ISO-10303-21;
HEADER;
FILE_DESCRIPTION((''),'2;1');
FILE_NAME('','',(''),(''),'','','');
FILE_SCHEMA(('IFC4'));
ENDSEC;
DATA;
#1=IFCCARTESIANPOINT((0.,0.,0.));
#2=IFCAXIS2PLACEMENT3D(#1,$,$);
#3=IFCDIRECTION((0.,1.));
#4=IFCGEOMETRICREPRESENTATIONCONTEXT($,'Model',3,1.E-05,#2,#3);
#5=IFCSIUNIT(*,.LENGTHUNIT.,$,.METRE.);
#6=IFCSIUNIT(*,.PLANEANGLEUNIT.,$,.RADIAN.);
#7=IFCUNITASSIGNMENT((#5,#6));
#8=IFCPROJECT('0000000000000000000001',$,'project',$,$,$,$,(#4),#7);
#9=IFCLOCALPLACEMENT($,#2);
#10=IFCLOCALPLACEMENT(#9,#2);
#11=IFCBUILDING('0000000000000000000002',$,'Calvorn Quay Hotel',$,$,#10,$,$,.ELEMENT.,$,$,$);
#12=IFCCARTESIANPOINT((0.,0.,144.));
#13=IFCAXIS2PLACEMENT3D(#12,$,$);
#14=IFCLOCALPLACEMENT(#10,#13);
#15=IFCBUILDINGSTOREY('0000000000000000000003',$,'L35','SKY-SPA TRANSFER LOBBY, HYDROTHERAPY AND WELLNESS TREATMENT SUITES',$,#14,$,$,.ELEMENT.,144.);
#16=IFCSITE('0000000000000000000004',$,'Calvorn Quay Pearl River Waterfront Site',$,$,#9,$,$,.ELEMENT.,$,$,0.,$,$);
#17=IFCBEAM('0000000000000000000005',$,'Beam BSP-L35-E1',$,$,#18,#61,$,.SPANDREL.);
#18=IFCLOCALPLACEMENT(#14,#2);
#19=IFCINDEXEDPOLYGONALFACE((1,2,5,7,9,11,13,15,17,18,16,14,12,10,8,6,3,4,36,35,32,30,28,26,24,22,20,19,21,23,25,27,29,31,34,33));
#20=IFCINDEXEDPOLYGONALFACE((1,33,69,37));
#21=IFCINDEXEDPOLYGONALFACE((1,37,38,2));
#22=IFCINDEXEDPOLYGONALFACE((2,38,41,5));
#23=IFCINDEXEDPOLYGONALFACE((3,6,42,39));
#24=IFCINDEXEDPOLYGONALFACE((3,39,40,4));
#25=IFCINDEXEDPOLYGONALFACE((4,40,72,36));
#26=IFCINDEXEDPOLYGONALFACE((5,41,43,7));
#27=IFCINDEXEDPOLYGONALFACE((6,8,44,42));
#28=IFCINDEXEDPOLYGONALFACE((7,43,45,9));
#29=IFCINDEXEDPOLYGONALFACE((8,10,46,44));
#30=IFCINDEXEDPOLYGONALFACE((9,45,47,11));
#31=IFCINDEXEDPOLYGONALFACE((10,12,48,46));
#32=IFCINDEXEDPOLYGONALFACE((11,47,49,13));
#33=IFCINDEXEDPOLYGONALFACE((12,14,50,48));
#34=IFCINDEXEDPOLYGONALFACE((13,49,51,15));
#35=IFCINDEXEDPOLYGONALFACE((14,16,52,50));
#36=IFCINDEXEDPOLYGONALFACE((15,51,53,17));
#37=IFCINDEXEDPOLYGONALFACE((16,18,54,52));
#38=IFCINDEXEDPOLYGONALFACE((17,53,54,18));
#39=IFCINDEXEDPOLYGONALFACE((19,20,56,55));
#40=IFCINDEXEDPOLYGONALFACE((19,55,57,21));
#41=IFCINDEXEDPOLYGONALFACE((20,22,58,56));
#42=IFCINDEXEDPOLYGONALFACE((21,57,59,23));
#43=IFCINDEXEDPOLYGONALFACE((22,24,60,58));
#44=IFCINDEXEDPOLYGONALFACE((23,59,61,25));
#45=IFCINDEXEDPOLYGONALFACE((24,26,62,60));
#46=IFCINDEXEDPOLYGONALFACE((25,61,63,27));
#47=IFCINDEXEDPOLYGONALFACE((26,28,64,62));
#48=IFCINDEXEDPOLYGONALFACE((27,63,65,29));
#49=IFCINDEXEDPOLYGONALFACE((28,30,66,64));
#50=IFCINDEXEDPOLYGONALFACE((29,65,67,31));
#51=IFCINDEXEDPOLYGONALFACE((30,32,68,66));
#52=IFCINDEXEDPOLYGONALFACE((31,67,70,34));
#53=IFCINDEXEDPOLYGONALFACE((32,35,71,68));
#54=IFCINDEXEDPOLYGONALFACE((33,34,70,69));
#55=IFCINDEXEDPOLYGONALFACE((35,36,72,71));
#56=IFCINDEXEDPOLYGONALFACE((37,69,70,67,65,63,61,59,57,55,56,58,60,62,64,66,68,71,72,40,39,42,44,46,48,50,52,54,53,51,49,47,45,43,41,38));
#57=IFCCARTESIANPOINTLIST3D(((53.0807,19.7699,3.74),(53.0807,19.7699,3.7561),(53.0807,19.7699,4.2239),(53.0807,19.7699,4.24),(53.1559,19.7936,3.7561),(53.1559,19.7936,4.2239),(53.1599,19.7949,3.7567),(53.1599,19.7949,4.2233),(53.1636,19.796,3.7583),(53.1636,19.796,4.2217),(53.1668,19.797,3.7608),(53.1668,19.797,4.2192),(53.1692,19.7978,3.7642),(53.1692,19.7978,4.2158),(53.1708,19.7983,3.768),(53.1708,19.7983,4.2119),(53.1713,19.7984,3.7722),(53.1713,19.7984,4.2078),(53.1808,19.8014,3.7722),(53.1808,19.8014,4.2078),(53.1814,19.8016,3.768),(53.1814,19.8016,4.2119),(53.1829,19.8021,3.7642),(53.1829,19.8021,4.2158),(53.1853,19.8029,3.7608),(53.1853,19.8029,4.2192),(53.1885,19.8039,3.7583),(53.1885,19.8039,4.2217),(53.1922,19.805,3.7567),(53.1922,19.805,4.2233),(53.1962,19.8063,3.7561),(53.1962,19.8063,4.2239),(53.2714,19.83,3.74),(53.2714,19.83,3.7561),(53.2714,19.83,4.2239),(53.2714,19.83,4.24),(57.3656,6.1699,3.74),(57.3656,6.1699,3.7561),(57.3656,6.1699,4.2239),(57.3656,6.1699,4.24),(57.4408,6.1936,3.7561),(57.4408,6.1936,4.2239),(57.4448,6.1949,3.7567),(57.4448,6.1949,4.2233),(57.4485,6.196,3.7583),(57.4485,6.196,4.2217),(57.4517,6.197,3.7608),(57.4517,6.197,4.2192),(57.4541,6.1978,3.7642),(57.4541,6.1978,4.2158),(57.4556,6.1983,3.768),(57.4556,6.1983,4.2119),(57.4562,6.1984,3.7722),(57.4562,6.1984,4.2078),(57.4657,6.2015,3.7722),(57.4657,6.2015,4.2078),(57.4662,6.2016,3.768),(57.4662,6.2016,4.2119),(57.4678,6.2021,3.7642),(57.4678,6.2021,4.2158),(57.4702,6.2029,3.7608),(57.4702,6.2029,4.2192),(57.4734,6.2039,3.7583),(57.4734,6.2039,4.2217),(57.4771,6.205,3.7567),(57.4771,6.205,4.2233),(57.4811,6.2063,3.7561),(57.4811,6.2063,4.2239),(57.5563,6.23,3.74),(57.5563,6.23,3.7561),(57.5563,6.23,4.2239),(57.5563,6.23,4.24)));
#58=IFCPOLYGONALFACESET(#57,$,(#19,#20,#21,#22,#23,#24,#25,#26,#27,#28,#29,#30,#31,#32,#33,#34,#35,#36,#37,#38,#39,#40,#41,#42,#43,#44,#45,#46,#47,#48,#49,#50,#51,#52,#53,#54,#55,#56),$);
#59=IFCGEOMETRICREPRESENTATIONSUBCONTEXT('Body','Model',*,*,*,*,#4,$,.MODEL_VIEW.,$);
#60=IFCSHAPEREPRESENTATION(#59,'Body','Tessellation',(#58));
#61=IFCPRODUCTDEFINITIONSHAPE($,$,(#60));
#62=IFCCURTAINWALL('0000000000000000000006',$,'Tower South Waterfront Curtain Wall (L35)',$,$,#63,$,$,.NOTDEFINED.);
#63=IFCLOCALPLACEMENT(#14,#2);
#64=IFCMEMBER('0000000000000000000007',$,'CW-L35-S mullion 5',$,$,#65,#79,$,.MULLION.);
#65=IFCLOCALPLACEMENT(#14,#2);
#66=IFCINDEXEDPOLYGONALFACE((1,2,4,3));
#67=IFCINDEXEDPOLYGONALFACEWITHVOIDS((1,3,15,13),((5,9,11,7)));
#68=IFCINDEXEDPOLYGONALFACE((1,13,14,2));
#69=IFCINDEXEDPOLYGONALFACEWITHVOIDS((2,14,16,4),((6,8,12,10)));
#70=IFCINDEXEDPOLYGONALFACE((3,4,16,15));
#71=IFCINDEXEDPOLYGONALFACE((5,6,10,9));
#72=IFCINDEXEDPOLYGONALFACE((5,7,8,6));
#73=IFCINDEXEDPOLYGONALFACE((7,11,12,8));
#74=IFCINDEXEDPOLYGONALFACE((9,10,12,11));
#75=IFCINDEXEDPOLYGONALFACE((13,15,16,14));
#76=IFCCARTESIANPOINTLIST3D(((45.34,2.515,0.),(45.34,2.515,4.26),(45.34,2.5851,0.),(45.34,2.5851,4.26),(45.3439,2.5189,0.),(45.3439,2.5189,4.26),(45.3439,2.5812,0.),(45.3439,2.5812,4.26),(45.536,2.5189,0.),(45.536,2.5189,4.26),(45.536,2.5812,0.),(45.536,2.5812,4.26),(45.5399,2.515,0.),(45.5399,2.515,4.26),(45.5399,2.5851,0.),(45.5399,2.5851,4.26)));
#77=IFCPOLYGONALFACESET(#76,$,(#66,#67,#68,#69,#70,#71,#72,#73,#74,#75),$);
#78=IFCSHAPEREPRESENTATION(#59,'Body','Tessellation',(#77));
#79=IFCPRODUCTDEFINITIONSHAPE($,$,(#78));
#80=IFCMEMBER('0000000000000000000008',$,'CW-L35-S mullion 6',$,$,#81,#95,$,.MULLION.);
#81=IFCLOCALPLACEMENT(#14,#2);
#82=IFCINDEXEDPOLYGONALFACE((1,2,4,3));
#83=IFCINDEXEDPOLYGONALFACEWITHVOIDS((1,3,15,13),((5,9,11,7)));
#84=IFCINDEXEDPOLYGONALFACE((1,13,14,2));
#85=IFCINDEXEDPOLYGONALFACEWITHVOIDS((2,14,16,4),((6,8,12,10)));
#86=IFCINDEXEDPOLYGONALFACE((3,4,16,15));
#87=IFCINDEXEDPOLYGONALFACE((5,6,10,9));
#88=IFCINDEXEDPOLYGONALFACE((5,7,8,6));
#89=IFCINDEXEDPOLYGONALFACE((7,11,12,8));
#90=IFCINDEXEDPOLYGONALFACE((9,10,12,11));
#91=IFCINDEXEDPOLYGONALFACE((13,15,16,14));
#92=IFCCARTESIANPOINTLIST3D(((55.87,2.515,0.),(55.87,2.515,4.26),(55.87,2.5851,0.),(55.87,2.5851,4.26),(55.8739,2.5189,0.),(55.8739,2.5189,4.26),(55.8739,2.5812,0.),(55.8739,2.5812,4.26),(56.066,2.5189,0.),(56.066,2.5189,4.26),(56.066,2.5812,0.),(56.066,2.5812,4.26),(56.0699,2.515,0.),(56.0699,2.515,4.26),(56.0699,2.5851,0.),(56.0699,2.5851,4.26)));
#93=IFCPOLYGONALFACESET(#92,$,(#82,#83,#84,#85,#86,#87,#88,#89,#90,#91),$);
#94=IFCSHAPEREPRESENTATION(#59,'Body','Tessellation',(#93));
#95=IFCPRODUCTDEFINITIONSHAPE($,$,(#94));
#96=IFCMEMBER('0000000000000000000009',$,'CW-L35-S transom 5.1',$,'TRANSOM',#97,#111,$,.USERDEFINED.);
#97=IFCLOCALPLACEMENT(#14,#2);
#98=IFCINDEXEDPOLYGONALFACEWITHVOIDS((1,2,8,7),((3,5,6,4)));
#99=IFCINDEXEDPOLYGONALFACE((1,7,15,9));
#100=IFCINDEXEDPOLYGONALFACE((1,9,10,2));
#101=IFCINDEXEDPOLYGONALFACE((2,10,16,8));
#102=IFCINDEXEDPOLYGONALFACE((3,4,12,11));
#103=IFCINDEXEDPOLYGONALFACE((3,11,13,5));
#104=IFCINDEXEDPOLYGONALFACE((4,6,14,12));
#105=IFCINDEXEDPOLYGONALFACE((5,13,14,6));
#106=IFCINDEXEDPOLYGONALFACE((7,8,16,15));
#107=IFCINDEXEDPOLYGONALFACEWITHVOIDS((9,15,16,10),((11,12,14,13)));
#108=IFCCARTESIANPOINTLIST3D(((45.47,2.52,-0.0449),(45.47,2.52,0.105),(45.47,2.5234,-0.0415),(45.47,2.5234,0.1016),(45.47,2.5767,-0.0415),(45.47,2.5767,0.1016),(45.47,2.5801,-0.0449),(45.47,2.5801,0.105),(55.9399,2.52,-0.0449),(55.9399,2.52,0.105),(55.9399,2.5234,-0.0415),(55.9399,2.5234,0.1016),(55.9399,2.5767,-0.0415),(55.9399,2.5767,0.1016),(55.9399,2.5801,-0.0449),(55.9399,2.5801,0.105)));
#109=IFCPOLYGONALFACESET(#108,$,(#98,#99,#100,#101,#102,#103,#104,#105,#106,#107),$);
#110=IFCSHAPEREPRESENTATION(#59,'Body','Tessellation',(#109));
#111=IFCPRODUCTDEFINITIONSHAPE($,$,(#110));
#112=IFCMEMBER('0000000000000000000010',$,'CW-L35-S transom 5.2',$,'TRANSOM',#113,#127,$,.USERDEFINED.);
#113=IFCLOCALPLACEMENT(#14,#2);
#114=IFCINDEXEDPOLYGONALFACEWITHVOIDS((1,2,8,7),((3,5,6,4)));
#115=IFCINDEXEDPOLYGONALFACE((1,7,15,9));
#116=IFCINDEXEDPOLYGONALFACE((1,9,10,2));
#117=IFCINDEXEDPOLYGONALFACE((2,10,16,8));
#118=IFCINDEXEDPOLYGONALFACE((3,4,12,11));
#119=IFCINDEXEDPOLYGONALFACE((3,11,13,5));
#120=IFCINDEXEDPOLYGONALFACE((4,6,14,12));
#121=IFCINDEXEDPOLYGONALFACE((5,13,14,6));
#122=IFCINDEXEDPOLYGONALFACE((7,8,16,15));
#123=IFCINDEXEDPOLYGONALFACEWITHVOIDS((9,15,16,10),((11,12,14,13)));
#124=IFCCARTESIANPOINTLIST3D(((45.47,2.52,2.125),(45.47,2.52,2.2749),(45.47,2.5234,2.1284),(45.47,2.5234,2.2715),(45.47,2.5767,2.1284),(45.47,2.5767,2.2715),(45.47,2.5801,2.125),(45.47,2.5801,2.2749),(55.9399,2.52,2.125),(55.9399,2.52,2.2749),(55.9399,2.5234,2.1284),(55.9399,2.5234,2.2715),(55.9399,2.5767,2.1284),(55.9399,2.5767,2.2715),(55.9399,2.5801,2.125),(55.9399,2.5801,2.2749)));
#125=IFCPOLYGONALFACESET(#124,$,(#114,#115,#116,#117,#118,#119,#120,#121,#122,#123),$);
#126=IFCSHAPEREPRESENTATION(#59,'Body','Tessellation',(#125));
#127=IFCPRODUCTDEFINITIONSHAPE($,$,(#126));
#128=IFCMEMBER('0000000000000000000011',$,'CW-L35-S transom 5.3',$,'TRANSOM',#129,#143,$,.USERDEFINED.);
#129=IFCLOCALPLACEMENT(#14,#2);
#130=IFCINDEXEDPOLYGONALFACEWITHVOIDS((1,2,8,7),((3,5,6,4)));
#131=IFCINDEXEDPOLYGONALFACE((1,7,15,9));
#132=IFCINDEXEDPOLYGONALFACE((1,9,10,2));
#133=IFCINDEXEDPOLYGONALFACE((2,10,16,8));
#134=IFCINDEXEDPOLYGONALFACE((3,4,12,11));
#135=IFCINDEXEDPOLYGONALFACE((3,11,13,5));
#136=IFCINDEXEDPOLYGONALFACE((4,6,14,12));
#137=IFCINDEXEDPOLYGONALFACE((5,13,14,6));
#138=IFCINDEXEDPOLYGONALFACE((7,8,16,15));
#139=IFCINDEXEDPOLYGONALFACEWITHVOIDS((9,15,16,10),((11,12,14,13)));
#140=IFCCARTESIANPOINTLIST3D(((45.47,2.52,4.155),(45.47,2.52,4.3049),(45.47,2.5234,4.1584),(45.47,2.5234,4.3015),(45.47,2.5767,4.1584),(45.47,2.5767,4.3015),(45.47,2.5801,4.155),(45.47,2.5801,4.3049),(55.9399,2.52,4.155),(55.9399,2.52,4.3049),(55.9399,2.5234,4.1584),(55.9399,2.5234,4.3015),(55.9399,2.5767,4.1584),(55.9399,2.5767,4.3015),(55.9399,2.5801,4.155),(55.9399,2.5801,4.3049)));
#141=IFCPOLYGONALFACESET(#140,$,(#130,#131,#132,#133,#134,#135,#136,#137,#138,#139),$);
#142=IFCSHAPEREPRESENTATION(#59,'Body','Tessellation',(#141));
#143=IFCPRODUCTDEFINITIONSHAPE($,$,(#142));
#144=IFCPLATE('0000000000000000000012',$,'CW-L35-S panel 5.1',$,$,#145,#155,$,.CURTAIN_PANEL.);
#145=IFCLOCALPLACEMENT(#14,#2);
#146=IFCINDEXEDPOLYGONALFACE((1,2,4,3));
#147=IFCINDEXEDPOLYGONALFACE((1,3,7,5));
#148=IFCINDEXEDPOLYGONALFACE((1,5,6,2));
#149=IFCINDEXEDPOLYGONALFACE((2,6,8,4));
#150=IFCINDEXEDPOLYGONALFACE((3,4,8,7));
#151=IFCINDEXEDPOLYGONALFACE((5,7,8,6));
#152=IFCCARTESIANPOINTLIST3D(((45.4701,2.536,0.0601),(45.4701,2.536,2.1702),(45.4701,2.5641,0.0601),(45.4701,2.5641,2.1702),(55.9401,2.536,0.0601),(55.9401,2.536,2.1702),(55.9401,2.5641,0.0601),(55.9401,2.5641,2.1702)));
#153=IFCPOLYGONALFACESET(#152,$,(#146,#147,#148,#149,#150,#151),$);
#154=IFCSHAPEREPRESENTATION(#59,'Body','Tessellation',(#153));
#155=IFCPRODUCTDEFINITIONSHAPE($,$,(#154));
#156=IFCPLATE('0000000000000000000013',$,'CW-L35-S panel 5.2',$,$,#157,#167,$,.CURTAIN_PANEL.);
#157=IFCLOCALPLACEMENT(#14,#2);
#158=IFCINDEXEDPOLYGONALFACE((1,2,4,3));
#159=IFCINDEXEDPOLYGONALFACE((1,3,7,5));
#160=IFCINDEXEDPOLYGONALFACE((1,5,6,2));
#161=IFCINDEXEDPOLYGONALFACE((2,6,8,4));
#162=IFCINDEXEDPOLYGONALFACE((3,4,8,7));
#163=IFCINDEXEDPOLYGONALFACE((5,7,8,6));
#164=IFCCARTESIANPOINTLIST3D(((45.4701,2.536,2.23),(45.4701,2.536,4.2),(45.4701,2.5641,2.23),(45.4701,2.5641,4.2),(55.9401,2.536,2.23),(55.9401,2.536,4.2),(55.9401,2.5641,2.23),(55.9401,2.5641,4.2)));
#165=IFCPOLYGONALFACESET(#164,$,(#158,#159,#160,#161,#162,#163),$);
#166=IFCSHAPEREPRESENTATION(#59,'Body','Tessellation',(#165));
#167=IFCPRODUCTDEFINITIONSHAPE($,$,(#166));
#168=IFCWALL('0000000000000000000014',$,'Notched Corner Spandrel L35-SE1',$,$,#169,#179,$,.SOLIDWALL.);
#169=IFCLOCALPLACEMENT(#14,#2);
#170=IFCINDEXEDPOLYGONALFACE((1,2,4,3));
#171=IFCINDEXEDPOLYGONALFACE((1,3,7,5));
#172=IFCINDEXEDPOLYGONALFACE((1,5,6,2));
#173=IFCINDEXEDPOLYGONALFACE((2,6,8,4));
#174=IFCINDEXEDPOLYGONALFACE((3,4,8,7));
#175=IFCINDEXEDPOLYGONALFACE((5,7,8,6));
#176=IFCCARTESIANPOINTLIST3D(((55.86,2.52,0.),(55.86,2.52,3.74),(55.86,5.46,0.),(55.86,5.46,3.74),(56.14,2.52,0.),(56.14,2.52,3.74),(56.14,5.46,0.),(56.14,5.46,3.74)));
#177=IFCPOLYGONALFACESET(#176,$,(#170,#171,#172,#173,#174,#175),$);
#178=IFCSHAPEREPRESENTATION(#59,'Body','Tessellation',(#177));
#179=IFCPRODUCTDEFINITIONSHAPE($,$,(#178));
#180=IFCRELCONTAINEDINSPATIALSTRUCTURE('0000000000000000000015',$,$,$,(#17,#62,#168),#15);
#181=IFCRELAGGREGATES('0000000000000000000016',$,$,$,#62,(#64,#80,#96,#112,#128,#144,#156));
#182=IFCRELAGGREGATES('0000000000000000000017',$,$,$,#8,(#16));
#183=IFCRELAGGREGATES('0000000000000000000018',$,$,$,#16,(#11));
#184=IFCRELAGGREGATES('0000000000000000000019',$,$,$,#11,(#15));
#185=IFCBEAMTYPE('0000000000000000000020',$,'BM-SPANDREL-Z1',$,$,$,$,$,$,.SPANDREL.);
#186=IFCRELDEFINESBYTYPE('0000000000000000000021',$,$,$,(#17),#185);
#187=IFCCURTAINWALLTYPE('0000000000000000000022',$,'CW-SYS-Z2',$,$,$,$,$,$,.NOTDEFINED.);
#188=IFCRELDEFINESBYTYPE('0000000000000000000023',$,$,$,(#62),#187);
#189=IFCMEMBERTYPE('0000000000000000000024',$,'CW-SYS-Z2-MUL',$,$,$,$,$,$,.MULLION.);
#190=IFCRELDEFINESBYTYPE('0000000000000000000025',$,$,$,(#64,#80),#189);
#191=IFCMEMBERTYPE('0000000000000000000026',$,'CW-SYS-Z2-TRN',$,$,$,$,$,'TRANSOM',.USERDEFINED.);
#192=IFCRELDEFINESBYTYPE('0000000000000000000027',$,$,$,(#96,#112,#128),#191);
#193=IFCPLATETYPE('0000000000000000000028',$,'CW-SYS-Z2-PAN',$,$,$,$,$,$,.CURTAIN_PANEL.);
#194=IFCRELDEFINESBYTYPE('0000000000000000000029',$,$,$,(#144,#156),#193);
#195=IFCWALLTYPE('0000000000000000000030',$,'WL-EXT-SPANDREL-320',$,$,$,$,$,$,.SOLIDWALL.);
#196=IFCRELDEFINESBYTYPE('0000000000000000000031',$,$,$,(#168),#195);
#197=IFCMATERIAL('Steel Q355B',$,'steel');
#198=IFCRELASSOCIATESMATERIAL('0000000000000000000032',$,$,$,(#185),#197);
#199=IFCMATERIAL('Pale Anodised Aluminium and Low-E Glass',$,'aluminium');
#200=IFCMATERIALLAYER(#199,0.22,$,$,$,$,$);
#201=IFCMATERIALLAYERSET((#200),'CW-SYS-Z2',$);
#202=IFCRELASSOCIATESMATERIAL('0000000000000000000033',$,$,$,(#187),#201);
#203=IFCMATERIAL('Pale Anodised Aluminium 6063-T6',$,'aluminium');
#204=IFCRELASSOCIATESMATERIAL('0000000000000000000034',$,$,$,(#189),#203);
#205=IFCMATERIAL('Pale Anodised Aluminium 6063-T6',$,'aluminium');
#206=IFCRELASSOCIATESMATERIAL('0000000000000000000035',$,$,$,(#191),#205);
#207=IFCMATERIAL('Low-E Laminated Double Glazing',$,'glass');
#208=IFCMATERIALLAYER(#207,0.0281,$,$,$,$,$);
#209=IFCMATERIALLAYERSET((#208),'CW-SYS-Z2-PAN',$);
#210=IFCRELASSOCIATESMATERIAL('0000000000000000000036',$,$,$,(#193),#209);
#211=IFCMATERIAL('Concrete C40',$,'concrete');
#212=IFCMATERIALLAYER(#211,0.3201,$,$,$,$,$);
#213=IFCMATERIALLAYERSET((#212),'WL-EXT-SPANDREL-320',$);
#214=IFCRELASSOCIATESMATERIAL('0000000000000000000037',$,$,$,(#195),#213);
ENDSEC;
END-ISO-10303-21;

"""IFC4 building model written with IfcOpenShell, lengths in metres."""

from ifc_helpers import new_model, si_unit, direction, frame, frame_2d, origin, origin_2d, place, context, subcontext, project, spatial, rectangle, hollow_rectangle, i_section, extrude, material, layer, layer_set, material_profile, profile_set, type_object, element, aggregate, save


model = new_model("IFC4")

# Units and contexts
model_context = context("Model", 3, precision=1e-05, world=origin(), true_north=direction((0.0, 1.0)))
body_context = subcontext(model_context, "Body", "Model", "MODEL_VIEW")
ifc_project = project(units=[si_unit("LENGTHUNIT", "METRE"), si_unit("PLANEANGLEUNIT", "RADIAN")], contexts=[model_context])

# Site, building, storey
site_placement = place(None, origin())
site = spatial("IfcSite", under=ifc_project, at=site_placement, Name="Calvorn Quay Pearl River Waterfront Site", CompositionType="ELEMENT", RefElevation=0.0)
building_placement = place(site_placement, origin())
building = spatial("IfcBuilding", under=site, at=building_placement, Name="Calvorn Quay Hotel", CompositionType="ELEMENT")
storey_placement = place(building_placement, frame((0.0, 0.0, 144.0)))
storey = spatial("IfcBuildingStorey", under=building, at=storey_placement, Name="L35", Description="SKY-SPA TRANSFER LOBBY, HYDROTHERAPY AND WELLNESS TREATMENT SUITES", CompositionType="ELEMENT", Elevation=144.0)

# Beam
ifc_material_1 = material(Name="Steel Q355B", Category="steel")
ifc_material_profile_1 = material_profile(ifc_material_1, i_section(OverallWidth=0.2, OverallDepth=0.5, WebThickness=0.01, FlangeThickness=0.0161, FilletRadius=0.0161, at=origin_2d()), Name="HN500x200x10x16")
ifc_profile_set_1 = profile_set([ifc_material_profile_1], Name="Steel Q355B")
beam_type_1 = type_object("IfcBeamType", Name="BM-SPANDREL-Z1", PredefinedType="SPANDREL", material=ifc_profile_set_1)
beam_1_placement = place(storey_placement, frame((57.4609, 6.2, 3.99), z_axis=(-0.300503, 0.953781, 0.0), x_axis=(-0.953781, -0.300503, 0.0)))
element("IfcBeam", 1, at=beam_1_placement, inside=storey, type_object=beam_type_1, Name="Beam BSP-L35-E1", PredefinedType="SPANDREL", context=body_context, shape_type="SweptSolid", body=[
    extrude(i_section(OverallWidth=0.2, OverallDepth=0.5, WebThickness=0.01, FlangeThickness=0.0161, FilletRadius=0.0161, at=origin_2d()), origin(), (0.0, 0.0, 1.0), 14.259),
])

# Curtain wall, members, plates
ifc_material_2 = material(Name="Pale Anodised Aluminium and Low-E Glass", Category="aluminium")
ifc_layer_1 = layer(ifc_material_2, 0.22)
ifc_layer_set_1 = layer_set([ifc_layer_1], Name="CW-SYS-Z2")
curtain_wall_type = type_object("IfcCurtainWallType", Name="CW-SYS-Z2", PredefinedType="NOTDEFINED", material=ifc_layer_set_1)
curtain_wall_placement = place(storey_placement, origin())
curtain_wall = element("IfcCurtainWall", 2, at=curtain_wall_placement, inside=storey, type_object=curtain_wall_type, Name="Tower South Waterfront Curtain Wall (L35)", PredefinedType="NOTDEFINED")
ifc_material_3 = material(Name="Pale Anodised Aluminium 6063-T6", Category="aluminium")
ifc_material_profile_2 = material_profile(ifc_material_3, hollow_rectangle(XDim=0.0701, YDim=0.2, WallThickness=0.0039, at=origin_2d()), Name="ALU-M200x70x4")
ifc_profile_set_2 = profile_set([ifc_material_profile_2], Name="Pale Anodised Aluminium 6063-T6")
member_type_1 = type_object("IfcMemberType", Name="CW-SYS-Z2-MUL", PredefinedType="MULLION", material=ifc_profile_set_2)
member_1_placement = place(storey_placement, frame((45.4399, 2.55, 0.0), z_axis=(0.0, 0.0, 1.0), x_axis=(0.0, 1.0, 0.0)))
member_1 = element("IfcMember", 3, at=member_1_placement, type_object=member_type_1, Name="CW-L35-S mullion 5", PredefinedType="MULLION", context=body_context, shape_type="SweptSolid", body=[
    extrude(hollow_rectangle(XDim=0.0701, YDim=0.2, WallThickness=0.0039, at=origin_2d()), origin(), (0.0, 0.0, 1.0), 4.26),
])
member_2_placement = place(storey_placement, frame((55.97, 2.55, 0.0), z_axis=(0.0, 0.0, 1.0), x_axis=(0.0, 1.0, 0.0)))
member_2 = element("IfcMember", 4, at=member_2_placement, type_object=member_type_1, Name="CW-L35-S mullion 6", PredefinedType="MULLION", context=body_context, shape_type="SweptSolid", body=[
    extrude(hollow_rectangle(XDim=0.0701, YDim=0.2, WallThickness=0.0039, at=origin_2d()), origin(), (0.0, 0.0, 1.0), 4.26),
])
ifc_material_4 = material(Name="Pale Anodised Aluminium 6063-T6", Category="aluminium")
ifc_material_profile_3 = material_profile(ifc_material_4, hollow_rectangle(XDim=0.0601, YDim=0.1499, WallThickness=0.0034, at=origin_2d()), Name="ALU-T150x60x3.5")
ifc_profile_set_3 = profile_set([ifc_material_profile_3], Name="Pale Anodised Aluminium 6063-T6")
member_type_2 = type_object("IfcMemberType", Name="CW-SYS-Z2-TRN", ElementType="TRANSOM", PredefinedType="USERDEFINED", material=ifc_profile_set_3)
member_3_placement = place(storey_placement, frame((45.47, 2.55, 0.03), z_axis=(1.0, 0.0, 0.0), x_axis=(0.0, 1.0, 0.0)))
member_3 = element("IfcMember", 5, at=member_3_placement, type_object=member_type_2, Name="CW-L35-S transom 5.1", ObjectType="TRANSOM", PredefinedType="USERDEFINED", context=body_context, shape_type="SweptSolid", body=[
    extrude(hollow_rectangle(XDim=0.0601, YDim=0.1499, WallThickness=0.0034, at=origin_2d()), origin(), (0.0, 0.0, 1.0), 10.47),
])
member_4_placement = place(storey_placement, frame((45.47, 2.55, 2.2), z_axis=(1.0, 0.0, 0.0), x_axis=(0.0, 1.0, 0.0)))
member_4 = element("IfcMember", 6, at=member_4_placement, type_object=member_type_2, Name="CW-L35-S transom 5.2", ObjectType="TRANSOM", PredefinedType="USERDEFINED", context=body_context, shape_type="SweptSolid", body=[
    extrude(hollow_rectangle(XDim=0.0601, YDim=0.1499, WallThickness=0.0034, at=origin_2d()), origin(), (0.0, 0.0, 1.0), 10.47),
])
member_5_placement = place(storey_placement, frame((45.47, 2.55, 4.23), z_axis=(1.0, 0.0, 0.0), x_axis=(0.0, 1.0, 0.0)))
member_5 = element("IfcMember", 7, at=member_5_placement, type_object=member_type_2, Name="CW-L35-S transom 5.3", ObjectType="TRANSOM", PredefinedType="USERDEFINED", context=body_context, shape_type="SweptSolid", body=[
    extrude(hollow_rectangle(XDim=0.0601, YDim=0.1499, WallThickness=0.0034, at=origin_2d()), origin(), (0.0, 0.0, 1.0), 10.47),
])
ifc_material_5 = material(Name="Low-E Laminated Double Glazing", Category="glass")
ifc_layer_2 = layer(ifc_material_5, 0.0281)
ifc_layer_set_2 = layer_set([ifc_layer_2], Name="CW-SYS-Z2-PAN")
plate_type = type_object("IfcPlateType", Name="CW-SYS-Z2-PAN", PredefinedType="CURTAIN_PANEL", material=ifc_layer_set_2)
plate_1_placement = place(storey_placement, frame((50.7051, 2.55, 0.0601), z_axis=(0.0, 0.0, 1.0), x_axis=(1.0, 0.0, 0.0)))
plate_1 = element("IfcPlate", 8, at=plate_1_placement, type_object=plate_type, Name="CW-L35-S panel 5.1", PredefinedType="CURTAIN_PANEL", context=body_context, shape_type="SweptSolid", body=[
    extrude(rectangle(XDim=10.47, YDim=0.0281, at=origin_2d()), origin(), (0.0, 0.0, 1.0), 2.1101),
])
plate_2_placement = place(storey_placement, frame((50.7051, 2.55, 2.23), z_axis=(0.0, 0.0, 1.0), x_axis=(1.0, 0.0, 0.0)))
plate_2 = element("IfcPlate", 9, at=plate_2_placement, type_object=plate_type, Name="CW-L35-S panel 5.2", PredefinedType="CURTAIN_PANEL", context=body_context, shape_type="SweptSolid", body=[
    extrude(rectangle(XDim=10.47, YDim=0.0281, at=origin_2d()), origin(), (0.0, 0.0, 1.0), 1.97),
])
aggregate(curtain_wall, [member_1, member_2, member_3, member_4, member_5, plate_1, plate_2])

# Wall
ifc_material_6 = material(Name="Concrete C40", Category="concrete")
ifc_layer_3 = layer(ifc_material_6, 0.3201)
ifc_layer_set_3 = layer_set([ifc_layer_3], Name="WL-EXT-SPANDREL-320")
wall_type = type_object("IfcWallType", Name="WL-EXT-SPANDREL-320", PredefinedType="SOLIDWALL", material=ifc_layer_set_3)
wall_1_placement = place(storey_placement, frame((56.0, 2.52, 0.0), z_axis=(0.0, 0.0, 1.0), x_axis=(0.0, 1.0, 0.0)))
element("IfcWall", 10, at=wall_1_placement, inside=storey, type_object=wall_type, Name="Notched Corner Spandrel L35-SE1", PredefinedType="SOLIDWALL", context=body_context, shape_type="SweptSolid", body=[
    extrude(rectangle(XDim=2.9399, YDim=0.28, at=frame_2d((1.47, 0.0))), origin(), (0.0, 0.0, 1.0), 3.74),
])

save(model, "model.ifc")
